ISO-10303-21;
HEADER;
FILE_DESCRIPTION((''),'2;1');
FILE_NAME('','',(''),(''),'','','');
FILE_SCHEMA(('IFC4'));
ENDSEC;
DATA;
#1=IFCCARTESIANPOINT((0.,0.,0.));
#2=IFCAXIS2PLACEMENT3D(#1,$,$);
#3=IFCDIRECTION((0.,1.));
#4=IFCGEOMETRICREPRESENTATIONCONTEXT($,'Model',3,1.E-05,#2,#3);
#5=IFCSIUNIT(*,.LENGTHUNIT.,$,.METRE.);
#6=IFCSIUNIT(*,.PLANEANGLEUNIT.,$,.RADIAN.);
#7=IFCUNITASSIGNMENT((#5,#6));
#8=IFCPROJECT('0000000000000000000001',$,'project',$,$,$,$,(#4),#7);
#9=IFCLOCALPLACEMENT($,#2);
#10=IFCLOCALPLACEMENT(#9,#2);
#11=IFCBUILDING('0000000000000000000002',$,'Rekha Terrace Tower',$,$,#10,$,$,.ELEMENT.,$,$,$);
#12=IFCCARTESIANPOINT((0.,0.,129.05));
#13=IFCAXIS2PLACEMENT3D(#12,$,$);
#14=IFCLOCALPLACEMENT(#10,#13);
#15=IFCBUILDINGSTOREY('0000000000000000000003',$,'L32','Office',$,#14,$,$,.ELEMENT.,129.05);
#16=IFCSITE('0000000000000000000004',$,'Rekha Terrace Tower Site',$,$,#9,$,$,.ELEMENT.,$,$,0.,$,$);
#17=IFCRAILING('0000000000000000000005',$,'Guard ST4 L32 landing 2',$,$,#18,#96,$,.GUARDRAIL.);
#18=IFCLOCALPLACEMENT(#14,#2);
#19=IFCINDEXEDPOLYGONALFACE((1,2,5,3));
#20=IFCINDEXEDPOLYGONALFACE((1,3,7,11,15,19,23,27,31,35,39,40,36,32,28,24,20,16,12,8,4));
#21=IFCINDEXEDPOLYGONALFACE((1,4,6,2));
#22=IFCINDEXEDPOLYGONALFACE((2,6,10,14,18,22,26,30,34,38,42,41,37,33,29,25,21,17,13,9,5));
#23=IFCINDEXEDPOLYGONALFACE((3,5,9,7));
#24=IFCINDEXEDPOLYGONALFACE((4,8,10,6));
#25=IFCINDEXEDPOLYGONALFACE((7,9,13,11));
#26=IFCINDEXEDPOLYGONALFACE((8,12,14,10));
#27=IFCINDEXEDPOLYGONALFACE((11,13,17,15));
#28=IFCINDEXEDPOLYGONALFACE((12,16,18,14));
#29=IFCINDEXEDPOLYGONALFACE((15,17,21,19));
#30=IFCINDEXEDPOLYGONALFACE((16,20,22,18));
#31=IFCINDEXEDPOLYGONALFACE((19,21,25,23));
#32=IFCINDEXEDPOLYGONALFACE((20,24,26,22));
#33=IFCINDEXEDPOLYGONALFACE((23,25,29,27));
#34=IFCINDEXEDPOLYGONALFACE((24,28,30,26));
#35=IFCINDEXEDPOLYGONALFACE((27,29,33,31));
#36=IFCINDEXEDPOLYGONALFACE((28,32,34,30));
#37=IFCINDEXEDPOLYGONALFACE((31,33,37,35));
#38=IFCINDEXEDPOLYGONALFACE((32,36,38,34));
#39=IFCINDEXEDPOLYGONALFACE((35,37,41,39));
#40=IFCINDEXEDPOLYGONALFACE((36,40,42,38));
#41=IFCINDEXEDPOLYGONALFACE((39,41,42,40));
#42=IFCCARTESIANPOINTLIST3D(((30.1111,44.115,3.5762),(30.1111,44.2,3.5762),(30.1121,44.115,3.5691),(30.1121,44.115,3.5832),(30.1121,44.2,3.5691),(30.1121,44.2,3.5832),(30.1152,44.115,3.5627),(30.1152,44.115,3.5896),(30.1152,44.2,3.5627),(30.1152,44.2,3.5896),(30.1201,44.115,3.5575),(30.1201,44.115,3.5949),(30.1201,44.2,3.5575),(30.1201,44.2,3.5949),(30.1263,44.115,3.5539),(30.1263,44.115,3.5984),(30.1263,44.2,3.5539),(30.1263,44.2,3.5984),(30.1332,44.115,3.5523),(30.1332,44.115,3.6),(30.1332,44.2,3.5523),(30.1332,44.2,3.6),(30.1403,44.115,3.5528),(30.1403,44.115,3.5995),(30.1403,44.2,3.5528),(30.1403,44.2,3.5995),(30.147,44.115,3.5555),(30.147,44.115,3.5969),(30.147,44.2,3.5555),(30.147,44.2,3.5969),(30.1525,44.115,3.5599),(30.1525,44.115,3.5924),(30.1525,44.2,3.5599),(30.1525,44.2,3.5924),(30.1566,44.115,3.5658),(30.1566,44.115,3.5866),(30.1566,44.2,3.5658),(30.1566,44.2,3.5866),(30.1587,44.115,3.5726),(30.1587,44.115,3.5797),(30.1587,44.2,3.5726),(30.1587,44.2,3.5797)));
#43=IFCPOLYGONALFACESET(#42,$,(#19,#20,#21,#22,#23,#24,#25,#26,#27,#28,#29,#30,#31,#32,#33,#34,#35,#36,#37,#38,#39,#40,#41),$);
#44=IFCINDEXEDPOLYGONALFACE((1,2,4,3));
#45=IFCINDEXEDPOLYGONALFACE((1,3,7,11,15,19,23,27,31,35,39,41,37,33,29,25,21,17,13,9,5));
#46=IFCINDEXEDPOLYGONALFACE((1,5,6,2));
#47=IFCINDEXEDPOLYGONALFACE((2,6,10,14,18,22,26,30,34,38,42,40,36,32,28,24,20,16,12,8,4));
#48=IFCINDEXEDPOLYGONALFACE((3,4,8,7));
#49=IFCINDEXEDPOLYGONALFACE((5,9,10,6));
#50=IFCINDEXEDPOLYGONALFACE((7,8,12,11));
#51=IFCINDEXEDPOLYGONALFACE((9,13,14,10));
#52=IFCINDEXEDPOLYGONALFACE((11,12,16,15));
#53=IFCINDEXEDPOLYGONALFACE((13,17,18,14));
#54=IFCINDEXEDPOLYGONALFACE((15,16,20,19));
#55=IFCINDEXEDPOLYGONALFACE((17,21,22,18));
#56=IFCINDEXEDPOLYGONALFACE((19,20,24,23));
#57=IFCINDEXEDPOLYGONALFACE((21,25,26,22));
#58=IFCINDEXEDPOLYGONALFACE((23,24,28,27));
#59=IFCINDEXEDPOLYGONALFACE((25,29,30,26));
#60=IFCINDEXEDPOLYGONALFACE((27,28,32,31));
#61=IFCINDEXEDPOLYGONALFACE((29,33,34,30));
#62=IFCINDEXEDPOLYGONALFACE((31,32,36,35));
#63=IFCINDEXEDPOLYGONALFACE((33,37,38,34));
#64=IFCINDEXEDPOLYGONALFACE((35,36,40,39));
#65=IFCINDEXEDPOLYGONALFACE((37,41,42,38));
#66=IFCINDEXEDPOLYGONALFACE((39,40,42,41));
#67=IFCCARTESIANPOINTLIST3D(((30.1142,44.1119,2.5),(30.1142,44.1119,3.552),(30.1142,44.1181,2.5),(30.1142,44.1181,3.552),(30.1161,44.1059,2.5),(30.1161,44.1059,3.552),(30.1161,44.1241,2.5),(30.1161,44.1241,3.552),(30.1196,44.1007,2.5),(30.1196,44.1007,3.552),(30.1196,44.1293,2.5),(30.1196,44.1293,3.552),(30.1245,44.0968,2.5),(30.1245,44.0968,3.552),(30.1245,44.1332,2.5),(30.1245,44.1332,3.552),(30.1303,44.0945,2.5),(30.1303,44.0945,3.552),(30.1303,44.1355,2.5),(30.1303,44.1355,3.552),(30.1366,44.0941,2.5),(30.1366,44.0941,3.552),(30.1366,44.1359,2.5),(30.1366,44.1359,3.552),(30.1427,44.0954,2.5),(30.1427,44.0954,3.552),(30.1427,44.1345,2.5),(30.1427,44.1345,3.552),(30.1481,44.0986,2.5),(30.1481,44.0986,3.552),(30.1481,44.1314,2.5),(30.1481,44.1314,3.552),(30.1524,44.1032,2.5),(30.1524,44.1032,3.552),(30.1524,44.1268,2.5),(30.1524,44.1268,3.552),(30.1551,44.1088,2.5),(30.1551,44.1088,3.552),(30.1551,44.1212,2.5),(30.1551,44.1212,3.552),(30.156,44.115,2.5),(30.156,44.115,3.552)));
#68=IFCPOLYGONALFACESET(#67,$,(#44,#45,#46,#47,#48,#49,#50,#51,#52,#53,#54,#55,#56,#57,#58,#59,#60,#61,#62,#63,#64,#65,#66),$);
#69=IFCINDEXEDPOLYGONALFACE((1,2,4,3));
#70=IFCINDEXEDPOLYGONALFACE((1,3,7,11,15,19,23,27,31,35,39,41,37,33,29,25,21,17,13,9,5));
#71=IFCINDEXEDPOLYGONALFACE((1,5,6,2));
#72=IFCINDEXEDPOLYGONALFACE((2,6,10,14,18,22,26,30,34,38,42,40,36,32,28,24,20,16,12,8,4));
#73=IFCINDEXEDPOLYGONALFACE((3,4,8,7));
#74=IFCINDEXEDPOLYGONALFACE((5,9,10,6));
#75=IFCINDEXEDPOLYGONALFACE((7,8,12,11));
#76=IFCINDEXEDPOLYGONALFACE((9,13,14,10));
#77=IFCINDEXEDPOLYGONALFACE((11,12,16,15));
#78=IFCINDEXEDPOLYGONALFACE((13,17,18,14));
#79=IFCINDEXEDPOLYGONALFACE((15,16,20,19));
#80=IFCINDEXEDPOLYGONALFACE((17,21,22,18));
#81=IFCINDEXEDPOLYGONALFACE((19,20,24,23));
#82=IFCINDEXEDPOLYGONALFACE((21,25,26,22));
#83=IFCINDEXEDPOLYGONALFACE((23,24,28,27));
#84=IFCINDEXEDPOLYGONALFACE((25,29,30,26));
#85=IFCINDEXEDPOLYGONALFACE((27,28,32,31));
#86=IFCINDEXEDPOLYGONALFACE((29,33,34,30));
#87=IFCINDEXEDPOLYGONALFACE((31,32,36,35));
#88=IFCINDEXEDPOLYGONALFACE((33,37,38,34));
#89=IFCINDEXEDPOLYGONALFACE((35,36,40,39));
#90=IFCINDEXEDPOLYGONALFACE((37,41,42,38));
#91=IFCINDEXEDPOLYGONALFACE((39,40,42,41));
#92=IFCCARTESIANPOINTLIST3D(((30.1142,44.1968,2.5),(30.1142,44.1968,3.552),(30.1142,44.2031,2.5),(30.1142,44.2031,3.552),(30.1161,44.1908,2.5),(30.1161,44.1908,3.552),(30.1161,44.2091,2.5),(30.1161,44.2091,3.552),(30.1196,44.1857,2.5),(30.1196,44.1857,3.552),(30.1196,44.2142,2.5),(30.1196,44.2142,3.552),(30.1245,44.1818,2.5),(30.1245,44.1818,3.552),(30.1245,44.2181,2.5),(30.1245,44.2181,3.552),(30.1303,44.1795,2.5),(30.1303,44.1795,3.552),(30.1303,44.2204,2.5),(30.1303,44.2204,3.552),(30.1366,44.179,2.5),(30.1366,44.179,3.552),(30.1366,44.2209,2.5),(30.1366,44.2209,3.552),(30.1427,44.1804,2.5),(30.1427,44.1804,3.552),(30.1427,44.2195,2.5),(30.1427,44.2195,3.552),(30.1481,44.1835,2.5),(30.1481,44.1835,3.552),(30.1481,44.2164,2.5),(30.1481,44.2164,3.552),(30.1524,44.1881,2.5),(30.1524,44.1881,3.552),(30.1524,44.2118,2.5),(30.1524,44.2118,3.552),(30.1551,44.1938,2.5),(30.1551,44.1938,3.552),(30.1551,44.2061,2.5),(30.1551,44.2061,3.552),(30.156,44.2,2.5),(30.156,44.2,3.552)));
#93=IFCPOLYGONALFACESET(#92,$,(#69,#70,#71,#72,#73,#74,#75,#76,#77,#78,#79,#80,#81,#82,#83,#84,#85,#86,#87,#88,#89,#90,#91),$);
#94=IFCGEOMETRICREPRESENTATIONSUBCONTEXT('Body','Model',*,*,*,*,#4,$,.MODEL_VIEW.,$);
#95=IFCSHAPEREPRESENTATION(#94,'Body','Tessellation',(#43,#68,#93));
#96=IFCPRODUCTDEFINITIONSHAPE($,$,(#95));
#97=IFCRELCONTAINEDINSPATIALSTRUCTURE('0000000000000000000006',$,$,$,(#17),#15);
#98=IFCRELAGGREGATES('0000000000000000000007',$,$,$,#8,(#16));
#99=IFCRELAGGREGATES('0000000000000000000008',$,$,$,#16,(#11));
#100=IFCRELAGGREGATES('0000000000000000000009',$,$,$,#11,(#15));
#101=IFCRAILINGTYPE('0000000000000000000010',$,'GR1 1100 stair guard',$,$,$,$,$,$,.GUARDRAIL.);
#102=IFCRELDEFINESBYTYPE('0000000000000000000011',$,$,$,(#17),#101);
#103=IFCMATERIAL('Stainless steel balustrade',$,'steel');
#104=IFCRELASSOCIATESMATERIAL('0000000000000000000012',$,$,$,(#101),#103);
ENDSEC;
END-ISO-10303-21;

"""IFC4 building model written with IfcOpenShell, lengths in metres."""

from ifc_helpers import new_model, si_unit, direction, frame, origin, origin_2d, place, context, subcontext, project, spatial, circle, extrude, material, type_object, element, save


model = new_model("IFC4")

# Units and contexts
model_context = context("Model", 3, precision=1e-05, world=origin(), true_north=direction((0.0, 1.0)))
body_context = subcontext(model_context, "Body", "Model", "MODEL_VIEW")
ifc_project = project(units=[si_unit("LENGTHUNIT", "METRE"), si_unit("PLANEANGLEUNIT", "RADIAN")], contexts=[model_context])

# Site, building, storey
site_placement = place(None, origin())
site = spatial("IfcSite", under=ifc_project, at=site_placement, Name="Rekha Terrace Tower Site", CompositionType="ELEMENT", RefElevation=0.0)
building_placement = place(site_placement, origin())
building = spatial("IfcBuilding", under=site, at=building_placement, Name="Rekha Terrace Tower", CompositionType="ELEMENT")
storey_placement = place(building_placement, frame((0.0, 0.0, 129.05)))
storey = spatial("IfcBuildingStorey", under=building, at=storey_placement, Name="L32", Description="Office", CompositionType="ELEMENT", Elevation=129.05)

# Railing
ifc_material_1 = material(Name="Stainless steel balustrade", Category="steel")
railing_type_1 = type_object("IfcRailingType", Name="GR1 1100 stair guard", PredefinedType="GUARDRAIL", material=ifc_material_1)
railing_1_placement = place(storey_placement, frame((30.135, 44.115, 2.5)))
element("IfcRailing", 1, at=railing_1_placement, inside=storey, type_object=railing_type_1, Name="Guard ST4 L32 landing 2", PredefinedType="GUARDRAIL", context=body_context, shape_type="SweptSolid", body=[
    extrude(circle(Radius=0.0239, at=origin_2d()), frame((0.0, 0.0, 1.0762), z_axis=(0.0, 1.0, 0.0), x_axis=(-1.0, 0.0, 0.0)), (0.0, 0.0, 1.0), 0.085),
    extrude(circle(Radius=0.021, at=origin_2d()), origin(), (0.0, 0.0, 1.0), 1.052),
    extrude(circle(Radius=0.021, at=origin_2d()), frame((0.0, 0.085, 0.0)), (0.0, 0.0, 1.0), 1.052),
])

save(model, "model.ifc")
